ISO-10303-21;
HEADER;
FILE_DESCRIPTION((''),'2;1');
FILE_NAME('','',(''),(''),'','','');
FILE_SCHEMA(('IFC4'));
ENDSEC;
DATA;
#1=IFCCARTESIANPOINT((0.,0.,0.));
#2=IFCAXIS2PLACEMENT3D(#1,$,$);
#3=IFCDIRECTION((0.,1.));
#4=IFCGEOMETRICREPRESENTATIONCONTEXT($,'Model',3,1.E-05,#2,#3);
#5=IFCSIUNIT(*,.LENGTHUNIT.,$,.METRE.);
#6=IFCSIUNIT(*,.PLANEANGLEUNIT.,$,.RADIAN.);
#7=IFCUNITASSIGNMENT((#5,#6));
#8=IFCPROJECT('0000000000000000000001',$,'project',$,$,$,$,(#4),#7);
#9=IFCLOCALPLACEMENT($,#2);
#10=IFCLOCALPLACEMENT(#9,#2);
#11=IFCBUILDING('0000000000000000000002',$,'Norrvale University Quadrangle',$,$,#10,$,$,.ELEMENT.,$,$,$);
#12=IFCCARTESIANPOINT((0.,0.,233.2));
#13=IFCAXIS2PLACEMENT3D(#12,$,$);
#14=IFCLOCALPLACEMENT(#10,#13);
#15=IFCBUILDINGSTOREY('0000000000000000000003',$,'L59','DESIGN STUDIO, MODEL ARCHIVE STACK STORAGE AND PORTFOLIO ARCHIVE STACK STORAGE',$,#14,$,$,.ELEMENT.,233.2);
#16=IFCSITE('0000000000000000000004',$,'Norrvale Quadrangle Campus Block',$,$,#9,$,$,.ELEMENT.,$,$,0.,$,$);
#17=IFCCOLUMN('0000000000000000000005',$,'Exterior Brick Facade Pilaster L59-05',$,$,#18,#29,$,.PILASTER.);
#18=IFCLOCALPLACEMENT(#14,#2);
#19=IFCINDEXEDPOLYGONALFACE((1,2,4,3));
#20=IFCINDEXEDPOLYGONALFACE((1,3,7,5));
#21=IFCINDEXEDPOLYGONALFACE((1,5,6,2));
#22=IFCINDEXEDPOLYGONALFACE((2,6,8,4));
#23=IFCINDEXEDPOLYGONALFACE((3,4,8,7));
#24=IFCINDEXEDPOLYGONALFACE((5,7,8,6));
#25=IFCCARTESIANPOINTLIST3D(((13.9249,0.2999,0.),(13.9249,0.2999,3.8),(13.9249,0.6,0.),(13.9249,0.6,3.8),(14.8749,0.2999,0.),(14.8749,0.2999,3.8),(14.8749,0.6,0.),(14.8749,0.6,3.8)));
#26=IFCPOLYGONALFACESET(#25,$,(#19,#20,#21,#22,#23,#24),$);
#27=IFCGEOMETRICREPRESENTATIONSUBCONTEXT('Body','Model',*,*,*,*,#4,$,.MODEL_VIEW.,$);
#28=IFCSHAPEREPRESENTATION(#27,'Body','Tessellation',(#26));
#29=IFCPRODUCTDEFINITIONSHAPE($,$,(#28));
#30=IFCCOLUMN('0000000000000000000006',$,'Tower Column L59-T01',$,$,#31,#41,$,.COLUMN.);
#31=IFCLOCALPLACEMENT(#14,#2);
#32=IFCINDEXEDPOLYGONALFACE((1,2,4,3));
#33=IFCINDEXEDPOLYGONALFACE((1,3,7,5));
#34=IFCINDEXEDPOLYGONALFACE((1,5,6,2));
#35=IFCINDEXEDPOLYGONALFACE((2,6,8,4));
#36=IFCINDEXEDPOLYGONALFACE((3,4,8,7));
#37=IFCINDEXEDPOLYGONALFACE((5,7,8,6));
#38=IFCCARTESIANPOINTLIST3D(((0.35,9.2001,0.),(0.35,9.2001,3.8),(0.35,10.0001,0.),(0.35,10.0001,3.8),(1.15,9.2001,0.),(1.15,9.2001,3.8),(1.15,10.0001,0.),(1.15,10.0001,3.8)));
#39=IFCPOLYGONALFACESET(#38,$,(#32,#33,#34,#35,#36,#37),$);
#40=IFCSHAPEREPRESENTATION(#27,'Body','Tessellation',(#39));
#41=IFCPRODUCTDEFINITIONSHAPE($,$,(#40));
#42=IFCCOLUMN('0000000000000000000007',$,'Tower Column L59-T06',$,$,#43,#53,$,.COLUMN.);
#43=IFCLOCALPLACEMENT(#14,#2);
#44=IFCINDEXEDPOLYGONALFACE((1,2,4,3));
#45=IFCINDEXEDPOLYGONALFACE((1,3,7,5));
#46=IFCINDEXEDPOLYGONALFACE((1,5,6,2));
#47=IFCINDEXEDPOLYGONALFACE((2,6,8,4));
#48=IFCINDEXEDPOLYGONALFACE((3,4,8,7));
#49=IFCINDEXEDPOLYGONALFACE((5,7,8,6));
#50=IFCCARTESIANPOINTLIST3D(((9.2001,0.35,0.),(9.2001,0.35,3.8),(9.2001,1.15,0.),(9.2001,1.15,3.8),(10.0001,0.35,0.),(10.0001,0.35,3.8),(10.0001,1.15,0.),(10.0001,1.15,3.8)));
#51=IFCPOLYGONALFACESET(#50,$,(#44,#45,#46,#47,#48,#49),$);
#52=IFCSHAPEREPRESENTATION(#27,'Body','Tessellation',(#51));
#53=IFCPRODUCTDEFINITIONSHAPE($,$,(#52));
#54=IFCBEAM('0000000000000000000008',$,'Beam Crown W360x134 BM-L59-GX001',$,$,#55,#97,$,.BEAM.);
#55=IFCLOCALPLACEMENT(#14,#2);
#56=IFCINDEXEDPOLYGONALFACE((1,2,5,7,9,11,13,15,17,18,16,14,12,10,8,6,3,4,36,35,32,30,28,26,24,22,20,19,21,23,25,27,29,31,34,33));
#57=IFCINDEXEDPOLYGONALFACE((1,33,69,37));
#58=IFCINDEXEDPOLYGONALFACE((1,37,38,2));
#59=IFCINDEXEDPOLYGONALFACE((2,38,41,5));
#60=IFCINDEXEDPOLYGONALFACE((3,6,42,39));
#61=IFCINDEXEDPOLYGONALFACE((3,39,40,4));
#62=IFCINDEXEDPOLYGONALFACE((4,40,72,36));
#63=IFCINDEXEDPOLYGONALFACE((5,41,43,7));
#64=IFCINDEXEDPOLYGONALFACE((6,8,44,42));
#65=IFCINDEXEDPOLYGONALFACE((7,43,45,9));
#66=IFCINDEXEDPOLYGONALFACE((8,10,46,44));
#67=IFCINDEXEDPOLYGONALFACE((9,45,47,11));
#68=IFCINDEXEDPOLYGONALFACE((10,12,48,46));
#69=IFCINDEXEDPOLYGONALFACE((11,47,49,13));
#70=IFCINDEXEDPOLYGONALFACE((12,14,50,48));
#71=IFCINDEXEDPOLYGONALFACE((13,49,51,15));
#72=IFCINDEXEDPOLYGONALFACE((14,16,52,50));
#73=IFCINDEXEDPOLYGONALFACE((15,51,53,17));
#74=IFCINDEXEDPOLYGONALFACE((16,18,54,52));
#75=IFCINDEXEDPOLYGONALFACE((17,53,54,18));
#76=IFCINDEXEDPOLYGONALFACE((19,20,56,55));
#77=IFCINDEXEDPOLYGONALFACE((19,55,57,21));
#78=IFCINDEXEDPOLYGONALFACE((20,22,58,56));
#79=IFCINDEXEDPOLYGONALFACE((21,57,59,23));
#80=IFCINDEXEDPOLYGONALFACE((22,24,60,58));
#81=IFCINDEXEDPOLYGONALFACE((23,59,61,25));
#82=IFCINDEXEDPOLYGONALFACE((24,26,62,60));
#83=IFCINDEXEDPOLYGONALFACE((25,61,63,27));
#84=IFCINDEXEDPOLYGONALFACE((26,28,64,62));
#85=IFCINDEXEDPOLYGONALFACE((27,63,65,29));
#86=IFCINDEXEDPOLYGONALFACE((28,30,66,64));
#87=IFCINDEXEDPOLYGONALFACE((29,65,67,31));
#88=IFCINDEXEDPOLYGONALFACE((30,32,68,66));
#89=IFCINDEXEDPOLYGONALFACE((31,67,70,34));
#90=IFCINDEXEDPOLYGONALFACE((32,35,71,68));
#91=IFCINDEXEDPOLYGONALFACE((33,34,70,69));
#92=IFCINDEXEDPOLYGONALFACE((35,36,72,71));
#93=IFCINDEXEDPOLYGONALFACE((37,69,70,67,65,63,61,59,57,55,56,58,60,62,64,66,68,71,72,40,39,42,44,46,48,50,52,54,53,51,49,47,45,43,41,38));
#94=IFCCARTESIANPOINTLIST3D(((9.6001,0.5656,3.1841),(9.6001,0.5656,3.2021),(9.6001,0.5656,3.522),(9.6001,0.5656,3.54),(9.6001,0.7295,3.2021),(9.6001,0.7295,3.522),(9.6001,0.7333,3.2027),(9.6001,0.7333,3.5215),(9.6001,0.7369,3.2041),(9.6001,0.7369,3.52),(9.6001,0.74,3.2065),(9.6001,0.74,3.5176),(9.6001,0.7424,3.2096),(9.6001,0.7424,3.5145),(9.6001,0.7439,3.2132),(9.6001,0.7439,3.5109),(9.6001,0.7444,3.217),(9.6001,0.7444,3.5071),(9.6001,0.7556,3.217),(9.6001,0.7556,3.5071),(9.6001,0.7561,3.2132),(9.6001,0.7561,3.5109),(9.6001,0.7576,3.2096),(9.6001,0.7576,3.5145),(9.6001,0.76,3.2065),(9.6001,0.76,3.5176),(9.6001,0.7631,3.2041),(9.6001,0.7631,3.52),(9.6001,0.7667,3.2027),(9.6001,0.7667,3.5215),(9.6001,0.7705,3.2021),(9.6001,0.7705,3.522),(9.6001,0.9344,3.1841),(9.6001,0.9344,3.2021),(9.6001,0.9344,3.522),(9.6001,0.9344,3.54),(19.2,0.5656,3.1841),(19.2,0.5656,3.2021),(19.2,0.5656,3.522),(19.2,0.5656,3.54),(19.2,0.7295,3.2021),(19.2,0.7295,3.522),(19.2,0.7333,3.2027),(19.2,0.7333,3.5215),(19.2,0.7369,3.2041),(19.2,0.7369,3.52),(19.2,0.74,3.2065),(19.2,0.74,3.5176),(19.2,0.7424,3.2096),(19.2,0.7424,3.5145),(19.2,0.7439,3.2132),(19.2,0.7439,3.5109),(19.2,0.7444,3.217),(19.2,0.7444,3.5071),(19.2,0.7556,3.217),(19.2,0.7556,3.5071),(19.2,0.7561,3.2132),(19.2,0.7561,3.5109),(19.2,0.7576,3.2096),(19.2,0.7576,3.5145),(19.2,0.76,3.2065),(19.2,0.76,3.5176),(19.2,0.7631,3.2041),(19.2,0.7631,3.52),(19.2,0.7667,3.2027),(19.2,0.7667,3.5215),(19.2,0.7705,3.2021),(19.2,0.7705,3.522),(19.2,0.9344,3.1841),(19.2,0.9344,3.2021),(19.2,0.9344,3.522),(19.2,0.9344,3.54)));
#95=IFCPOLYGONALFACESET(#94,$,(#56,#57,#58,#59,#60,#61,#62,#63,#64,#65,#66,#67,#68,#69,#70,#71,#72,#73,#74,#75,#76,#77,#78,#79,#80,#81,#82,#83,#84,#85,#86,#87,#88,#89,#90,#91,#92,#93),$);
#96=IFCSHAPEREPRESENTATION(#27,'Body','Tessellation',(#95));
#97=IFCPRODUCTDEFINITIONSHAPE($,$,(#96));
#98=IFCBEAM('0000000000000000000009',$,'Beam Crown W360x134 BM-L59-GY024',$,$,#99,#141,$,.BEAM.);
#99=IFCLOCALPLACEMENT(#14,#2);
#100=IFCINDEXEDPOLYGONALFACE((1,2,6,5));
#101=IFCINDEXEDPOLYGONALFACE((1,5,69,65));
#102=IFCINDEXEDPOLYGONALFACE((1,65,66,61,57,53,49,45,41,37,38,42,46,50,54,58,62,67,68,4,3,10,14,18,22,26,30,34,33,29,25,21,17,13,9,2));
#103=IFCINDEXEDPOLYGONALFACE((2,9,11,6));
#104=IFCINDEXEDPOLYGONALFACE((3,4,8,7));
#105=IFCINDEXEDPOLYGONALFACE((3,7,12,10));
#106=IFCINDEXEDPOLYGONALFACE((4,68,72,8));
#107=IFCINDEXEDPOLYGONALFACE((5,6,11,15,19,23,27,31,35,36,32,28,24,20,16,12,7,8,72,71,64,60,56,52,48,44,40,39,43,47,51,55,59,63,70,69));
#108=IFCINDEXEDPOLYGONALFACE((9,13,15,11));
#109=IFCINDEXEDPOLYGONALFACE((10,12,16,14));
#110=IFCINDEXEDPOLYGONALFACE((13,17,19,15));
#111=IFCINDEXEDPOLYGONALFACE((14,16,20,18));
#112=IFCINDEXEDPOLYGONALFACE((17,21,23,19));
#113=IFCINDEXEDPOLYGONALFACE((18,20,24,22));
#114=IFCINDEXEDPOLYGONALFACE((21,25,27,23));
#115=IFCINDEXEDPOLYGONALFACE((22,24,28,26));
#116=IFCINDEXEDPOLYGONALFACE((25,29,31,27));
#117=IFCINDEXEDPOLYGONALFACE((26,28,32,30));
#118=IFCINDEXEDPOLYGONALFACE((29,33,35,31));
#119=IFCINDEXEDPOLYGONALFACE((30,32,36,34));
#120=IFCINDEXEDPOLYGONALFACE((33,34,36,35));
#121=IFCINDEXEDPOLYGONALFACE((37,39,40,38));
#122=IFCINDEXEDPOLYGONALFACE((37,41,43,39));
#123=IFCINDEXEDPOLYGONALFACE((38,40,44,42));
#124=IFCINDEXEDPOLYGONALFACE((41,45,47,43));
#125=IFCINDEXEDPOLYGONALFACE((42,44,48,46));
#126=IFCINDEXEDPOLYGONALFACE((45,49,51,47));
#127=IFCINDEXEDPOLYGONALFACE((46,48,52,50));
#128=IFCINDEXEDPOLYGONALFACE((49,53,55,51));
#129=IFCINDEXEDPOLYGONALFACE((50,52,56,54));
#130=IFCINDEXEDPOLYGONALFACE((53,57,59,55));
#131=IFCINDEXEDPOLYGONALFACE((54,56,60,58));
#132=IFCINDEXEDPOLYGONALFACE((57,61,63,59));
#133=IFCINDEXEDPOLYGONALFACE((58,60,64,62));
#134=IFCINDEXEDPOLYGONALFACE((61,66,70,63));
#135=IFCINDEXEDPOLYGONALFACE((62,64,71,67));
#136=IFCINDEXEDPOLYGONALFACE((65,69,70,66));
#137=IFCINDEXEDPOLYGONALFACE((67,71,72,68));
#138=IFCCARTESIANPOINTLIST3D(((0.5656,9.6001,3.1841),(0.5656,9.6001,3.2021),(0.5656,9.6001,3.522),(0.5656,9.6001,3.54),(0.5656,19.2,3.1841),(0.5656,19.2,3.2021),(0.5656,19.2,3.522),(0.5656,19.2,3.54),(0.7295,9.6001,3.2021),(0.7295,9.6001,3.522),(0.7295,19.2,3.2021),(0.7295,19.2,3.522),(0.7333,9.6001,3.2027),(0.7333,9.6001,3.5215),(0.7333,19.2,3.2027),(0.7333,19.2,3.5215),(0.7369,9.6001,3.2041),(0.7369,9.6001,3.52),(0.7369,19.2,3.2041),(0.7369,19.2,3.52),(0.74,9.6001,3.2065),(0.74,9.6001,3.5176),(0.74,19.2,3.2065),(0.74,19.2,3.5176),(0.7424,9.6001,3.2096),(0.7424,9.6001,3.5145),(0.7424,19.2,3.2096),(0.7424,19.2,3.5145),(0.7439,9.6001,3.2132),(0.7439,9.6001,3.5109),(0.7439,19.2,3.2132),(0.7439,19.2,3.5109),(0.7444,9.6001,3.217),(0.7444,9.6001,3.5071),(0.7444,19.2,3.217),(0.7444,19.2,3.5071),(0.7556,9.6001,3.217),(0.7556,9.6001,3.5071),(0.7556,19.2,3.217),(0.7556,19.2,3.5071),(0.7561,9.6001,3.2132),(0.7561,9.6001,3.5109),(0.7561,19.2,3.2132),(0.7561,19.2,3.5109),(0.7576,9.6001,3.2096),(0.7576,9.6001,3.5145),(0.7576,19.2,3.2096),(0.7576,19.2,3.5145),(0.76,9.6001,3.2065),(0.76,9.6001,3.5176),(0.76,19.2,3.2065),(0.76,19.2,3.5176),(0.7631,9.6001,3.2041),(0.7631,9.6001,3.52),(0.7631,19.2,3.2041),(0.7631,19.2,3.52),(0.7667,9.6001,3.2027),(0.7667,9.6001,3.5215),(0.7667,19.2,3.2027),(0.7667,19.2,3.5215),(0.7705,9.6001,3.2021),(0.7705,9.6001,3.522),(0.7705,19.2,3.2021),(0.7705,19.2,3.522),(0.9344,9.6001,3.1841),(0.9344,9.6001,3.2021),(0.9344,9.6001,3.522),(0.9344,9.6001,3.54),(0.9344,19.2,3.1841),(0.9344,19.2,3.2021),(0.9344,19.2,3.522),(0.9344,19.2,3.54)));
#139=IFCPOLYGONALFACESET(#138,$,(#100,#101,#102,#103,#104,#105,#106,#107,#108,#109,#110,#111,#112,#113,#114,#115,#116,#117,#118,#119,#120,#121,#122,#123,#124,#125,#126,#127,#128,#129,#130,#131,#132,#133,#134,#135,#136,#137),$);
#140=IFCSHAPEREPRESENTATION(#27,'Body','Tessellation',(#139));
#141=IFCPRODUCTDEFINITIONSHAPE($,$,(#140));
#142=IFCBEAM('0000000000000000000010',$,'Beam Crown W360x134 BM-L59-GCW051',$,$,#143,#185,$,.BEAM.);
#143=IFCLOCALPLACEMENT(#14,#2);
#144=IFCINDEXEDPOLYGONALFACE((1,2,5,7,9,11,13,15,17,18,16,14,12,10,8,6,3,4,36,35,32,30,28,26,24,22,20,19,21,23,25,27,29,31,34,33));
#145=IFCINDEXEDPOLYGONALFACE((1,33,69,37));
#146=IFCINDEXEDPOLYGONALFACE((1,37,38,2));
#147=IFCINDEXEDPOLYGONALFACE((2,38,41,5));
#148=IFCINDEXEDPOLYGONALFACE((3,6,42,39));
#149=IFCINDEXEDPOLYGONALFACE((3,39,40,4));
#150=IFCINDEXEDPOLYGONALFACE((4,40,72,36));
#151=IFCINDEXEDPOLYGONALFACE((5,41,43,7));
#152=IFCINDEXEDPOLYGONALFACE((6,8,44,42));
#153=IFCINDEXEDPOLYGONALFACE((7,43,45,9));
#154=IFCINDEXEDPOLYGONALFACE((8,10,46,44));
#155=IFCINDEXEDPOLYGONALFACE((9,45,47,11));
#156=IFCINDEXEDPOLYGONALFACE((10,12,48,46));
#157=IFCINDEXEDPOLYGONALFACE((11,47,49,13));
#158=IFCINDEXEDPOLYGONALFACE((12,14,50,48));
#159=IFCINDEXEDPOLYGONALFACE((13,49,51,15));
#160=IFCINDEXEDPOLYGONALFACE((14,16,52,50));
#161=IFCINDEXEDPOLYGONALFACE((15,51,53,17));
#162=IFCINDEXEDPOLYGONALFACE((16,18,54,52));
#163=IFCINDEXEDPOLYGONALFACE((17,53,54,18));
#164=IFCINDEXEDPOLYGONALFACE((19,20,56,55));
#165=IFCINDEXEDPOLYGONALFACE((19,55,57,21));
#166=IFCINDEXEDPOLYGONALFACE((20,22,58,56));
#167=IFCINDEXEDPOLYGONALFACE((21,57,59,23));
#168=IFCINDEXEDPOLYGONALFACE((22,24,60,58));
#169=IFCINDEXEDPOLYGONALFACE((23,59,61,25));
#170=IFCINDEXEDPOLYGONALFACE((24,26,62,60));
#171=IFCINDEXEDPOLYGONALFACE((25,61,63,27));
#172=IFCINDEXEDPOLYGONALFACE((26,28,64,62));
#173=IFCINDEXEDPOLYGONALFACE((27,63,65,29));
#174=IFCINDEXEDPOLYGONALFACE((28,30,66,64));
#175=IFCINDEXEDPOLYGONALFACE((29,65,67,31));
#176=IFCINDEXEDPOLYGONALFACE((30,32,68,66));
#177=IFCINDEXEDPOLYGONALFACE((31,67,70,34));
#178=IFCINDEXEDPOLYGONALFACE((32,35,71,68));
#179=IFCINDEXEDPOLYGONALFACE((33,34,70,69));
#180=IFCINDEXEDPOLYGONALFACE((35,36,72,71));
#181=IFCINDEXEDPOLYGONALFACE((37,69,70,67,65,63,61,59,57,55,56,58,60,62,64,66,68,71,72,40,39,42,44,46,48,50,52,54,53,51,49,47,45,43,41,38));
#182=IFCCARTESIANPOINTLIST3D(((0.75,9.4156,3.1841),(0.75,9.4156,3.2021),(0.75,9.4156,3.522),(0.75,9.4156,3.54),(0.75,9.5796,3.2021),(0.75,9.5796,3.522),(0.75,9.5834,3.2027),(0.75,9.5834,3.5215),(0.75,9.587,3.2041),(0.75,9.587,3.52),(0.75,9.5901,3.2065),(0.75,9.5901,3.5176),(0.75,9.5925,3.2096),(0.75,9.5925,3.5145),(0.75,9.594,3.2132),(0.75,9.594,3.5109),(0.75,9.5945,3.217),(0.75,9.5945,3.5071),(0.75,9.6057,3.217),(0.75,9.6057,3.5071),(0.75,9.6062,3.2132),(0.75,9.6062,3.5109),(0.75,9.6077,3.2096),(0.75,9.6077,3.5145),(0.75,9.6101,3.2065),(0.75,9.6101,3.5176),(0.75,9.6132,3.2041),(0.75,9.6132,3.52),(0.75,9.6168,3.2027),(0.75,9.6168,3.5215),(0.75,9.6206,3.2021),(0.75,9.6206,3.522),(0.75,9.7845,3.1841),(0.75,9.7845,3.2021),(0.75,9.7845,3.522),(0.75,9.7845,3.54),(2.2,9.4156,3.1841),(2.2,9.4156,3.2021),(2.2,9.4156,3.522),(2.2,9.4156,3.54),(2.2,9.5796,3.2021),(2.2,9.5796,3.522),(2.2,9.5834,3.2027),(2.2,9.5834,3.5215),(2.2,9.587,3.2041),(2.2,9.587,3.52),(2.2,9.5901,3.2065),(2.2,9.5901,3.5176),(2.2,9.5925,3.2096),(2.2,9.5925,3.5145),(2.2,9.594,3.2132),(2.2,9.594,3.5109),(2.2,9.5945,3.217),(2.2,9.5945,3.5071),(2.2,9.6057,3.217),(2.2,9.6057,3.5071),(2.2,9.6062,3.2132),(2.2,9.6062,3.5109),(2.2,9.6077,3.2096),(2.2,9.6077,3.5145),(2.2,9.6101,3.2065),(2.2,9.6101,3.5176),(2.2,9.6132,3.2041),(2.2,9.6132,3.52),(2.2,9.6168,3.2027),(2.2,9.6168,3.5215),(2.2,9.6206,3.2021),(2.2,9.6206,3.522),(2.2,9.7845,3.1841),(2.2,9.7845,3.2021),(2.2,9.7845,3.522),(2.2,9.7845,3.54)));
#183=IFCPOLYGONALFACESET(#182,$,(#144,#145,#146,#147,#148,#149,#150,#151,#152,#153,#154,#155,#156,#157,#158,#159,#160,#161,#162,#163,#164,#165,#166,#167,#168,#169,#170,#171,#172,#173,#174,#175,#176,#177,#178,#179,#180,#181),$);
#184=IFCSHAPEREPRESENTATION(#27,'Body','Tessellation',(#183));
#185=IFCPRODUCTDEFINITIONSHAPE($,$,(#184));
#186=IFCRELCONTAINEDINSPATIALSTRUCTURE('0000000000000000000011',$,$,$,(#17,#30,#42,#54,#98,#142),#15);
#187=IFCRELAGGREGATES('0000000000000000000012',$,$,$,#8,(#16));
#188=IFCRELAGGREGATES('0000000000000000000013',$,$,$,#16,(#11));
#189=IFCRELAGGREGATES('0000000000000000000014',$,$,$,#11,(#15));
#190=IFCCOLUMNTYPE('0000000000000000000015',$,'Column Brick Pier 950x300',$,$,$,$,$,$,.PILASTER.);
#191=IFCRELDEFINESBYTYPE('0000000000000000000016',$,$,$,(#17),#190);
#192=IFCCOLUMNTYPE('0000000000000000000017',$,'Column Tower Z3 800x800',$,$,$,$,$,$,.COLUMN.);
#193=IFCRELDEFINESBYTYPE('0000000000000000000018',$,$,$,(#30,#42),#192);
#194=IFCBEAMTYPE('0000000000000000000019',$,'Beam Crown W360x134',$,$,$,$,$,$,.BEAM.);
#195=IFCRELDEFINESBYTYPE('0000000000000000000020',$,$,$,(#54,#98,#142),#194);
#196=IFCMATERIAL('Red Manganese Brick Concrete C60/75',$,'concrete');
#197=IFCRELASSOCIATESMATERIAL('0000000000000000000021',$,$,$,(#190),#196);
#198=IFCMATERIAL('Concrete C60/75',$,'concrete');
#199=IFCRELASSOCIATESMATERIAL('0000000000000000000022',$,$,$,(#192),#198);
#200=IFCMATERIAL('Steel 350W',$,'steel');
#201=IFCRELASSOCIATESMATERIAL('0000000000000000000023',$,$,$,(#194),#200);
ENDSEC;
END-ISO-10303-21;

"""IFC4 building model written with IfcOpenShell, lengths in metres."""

from ifc_helpers import new_model, si_unit, direction, frame, origin, origin_2d, place, context, subcontext, project, spatial, rectangle, i_section, extrude, material, material_profile, profile_set, type_object, element, save


model = new_model("IFC4")

# Units and contexts
model_context = context("Model", 3, precision=1e-05, world=origin(), true_north=direction((0.0, 1.0)))
body_context = subcontext(model_context, "Body", "Model", "MODEL_VIEW")
ifc_project = project(units=[si_unit("LENGTHUNIT", "METRE"), si_unit("PLANEANGLEUNIT", "RADIAN")], contexts=[model_context])

# Site, building, storey
site_placement = place(None, origin())
site = spatial("IfcSite", under=ifc_project, at=site_placement, Name="Norrvale Quadrangle Campus Block", CompositionType="ELEMENT", RefElevation=0.0)
building_placement = place(site_placement, origin())
building = spatial("IfcBuilding", under=site, at=building_placement, Name="Norrvale University Quadrangle", CompositionType="ELEMENT")
storey_placement = place(building_placement, frame((0.0, 0.0, 233.2)))
storey = spatial("IfcBuildingStorey", under=building, at=storey_placement, Name="L59", Description="DESIGN STUDIO, MODEL ARCHIVE STACK STORAGE AND PORTFOLIO ARCHIVE STACK STORAGE", CompositionType="ELEMENT", Elevation=233.2)

# Columns
ifc_material_1 = material(Name="Red Manganese Brick Concrete C60/75", Category="concrete")
ifc_material_profile_1 = material_profile(ifc_material_1, rectangle(XDim=0.95, YDim=0.3, at=origin_2d()), Name="Red Manganese Brick Concrete C60/75")
ifc_profile_set_1 = profile_set([ifc_material_profile_1], Name="Red Manganese Brick Concrete C60/75")
column_type_1 = type_object("IfcColumnType", Name="Column Brick Pier 950x300", PredefinedType="PILASTER", material=ifc_profile_set_1)
column_placement = place(storey_placement, frame((14.3999, 0.45, 0.0), z_axis=(0.0, 0.0, 1.0), x_axis=(1.0, 0.0, 0.0)))
element("IfcColumn", 1, at=column_placement, inside=storey, type_object=column_type_1, Name="Exterior Brick Facade Pilaster L59-05", PredefinedType="PILASTER", context=body_context, shape_type="SweptSolid", body=[
    extrude(rectangle(XDim=0.95, YDim=0.3, at=origin_2d()), origin(), (0.0, 0.0, 1.0), 3.8),
])
ifc_material_2 = material(Name="Concrete C60/75", Category="concrete")
ifc_material_profile_2 = material_profile(ifc_material_2, rectangle(XDim=0.8, YDim=0.8, at=origin_2d()), Name="Concrete C60/75")
ifc_profile_set_2 = profile_set([ifc_material_profile_2], Name="Concrete C60/75")
column_type_2 = type_object("IfcColumnType", Name="Column Tower Z3 800x800", PredefinedType="COLUMN", material=ifc_profile_set_2)
for number, where, z_axis, x_axis, name in (
    (2, (0.75, 9.6001, 0.0), (0.0, 0.0, 1.0), (1.0, 0.0, 0.0), "Tower Column L59-T01"),
    (3, (9.6001, 0.75, 0.0), (0.0, 0.0, 1.0), (1.0, 0.0, 0.0), "Tower Column L59-T06"),
):
    element("IfcColumn", number, at=place(storey_placement, frame(where, z_axis=z_axis, x_axis=x_axis)), inside=storey, type_object=column_type_2, Name=name, PredefinedType="COLUMN", context=body_context, shape_type="SweptSolid", body=[
        extrude(rectangle(XDim=0.8, YDim=0.8, at=origin_2d()), origin(), (0.0, 0.0, 1.0), 3.8),
    ])

# Beams
ifc_material_3 = material(Name="Steel 350W", Category="steel")
ifc_material_profile_3 = material_profile(ifc_material_3, i_section(OverallWidth=0.3689, OverallDepth=0.356, WebThickness=0.0112, FlangeThickness=0.0181, FilletRadius=0.0149, at=origin_2d()), Name="Steel 350W")
ifc_profile_set_3 = profile_set([ifc_material_profile_3], Name="Steel 350W")
beam_type_1 = type_object("IfcBeamType", Name="Beam Crown W360x134", PredefinedType="BEAM", material=ifc_profile_set_3)
for number, where, z_axis, x_axis, name in (
    (4, (9.6001, 0.75, 3.3621), (1.0, 0.0, 0.0), (0.0, 1.0, 0.0), "Beam Crown W360x134 BM-L59-GX001"),
    (5, (0.75, 9.6001, 3.3621), (0.0, 1.0, 0.0), (-1.0, 0.0, 0.0), "Beam Crown W360x134 BM-L59-GY024"),
):
    element("IfcBeam", number, at=place(storey_placement, frame(where, z_axis=z_axis, x_axis=x_axis)), inside=storey, type_object=beam_type_1, Name=name, PredefinedType="BEAM", context=body_context, shape_type="SweptSolid", body=[
        extrude(i_section(OverallWidth=0.3689, OverallDepth=0.356, WebThickness=0.0112, FlangeThickness=0.0181, FilletRadius=0.0149, at=origin_2d()), origin(), (0.0, 0.0, 1.0), 9.5999),
    ])
beam_1_placement = place(storey_placement, frame((0.75, 9.6001, 3.3621), z_axis=(1.0, 0.0, 0.0), x_axis=(0.0, 1.0, 0.0)))
element("IfcBeam", 6, at=beam_1_placement, inside=storey, type_object=beam_type_1, Name="Beam Crown W360x134 BM-L59-GCW051", PredefinedType="BEAM", context=body_context, shape_type="SweptSolid", body=[
    extrude(i_section(OverallWidth=0.3689, OverallDepth=0.356, WebThickness=0.0112, FlangeThickness=0.0181, FilletRadius=0.0149, at=origin_2d()), origin(), (0.0, 0.0, 1.0), 1.45),
])

save(model, "model.ifc")
